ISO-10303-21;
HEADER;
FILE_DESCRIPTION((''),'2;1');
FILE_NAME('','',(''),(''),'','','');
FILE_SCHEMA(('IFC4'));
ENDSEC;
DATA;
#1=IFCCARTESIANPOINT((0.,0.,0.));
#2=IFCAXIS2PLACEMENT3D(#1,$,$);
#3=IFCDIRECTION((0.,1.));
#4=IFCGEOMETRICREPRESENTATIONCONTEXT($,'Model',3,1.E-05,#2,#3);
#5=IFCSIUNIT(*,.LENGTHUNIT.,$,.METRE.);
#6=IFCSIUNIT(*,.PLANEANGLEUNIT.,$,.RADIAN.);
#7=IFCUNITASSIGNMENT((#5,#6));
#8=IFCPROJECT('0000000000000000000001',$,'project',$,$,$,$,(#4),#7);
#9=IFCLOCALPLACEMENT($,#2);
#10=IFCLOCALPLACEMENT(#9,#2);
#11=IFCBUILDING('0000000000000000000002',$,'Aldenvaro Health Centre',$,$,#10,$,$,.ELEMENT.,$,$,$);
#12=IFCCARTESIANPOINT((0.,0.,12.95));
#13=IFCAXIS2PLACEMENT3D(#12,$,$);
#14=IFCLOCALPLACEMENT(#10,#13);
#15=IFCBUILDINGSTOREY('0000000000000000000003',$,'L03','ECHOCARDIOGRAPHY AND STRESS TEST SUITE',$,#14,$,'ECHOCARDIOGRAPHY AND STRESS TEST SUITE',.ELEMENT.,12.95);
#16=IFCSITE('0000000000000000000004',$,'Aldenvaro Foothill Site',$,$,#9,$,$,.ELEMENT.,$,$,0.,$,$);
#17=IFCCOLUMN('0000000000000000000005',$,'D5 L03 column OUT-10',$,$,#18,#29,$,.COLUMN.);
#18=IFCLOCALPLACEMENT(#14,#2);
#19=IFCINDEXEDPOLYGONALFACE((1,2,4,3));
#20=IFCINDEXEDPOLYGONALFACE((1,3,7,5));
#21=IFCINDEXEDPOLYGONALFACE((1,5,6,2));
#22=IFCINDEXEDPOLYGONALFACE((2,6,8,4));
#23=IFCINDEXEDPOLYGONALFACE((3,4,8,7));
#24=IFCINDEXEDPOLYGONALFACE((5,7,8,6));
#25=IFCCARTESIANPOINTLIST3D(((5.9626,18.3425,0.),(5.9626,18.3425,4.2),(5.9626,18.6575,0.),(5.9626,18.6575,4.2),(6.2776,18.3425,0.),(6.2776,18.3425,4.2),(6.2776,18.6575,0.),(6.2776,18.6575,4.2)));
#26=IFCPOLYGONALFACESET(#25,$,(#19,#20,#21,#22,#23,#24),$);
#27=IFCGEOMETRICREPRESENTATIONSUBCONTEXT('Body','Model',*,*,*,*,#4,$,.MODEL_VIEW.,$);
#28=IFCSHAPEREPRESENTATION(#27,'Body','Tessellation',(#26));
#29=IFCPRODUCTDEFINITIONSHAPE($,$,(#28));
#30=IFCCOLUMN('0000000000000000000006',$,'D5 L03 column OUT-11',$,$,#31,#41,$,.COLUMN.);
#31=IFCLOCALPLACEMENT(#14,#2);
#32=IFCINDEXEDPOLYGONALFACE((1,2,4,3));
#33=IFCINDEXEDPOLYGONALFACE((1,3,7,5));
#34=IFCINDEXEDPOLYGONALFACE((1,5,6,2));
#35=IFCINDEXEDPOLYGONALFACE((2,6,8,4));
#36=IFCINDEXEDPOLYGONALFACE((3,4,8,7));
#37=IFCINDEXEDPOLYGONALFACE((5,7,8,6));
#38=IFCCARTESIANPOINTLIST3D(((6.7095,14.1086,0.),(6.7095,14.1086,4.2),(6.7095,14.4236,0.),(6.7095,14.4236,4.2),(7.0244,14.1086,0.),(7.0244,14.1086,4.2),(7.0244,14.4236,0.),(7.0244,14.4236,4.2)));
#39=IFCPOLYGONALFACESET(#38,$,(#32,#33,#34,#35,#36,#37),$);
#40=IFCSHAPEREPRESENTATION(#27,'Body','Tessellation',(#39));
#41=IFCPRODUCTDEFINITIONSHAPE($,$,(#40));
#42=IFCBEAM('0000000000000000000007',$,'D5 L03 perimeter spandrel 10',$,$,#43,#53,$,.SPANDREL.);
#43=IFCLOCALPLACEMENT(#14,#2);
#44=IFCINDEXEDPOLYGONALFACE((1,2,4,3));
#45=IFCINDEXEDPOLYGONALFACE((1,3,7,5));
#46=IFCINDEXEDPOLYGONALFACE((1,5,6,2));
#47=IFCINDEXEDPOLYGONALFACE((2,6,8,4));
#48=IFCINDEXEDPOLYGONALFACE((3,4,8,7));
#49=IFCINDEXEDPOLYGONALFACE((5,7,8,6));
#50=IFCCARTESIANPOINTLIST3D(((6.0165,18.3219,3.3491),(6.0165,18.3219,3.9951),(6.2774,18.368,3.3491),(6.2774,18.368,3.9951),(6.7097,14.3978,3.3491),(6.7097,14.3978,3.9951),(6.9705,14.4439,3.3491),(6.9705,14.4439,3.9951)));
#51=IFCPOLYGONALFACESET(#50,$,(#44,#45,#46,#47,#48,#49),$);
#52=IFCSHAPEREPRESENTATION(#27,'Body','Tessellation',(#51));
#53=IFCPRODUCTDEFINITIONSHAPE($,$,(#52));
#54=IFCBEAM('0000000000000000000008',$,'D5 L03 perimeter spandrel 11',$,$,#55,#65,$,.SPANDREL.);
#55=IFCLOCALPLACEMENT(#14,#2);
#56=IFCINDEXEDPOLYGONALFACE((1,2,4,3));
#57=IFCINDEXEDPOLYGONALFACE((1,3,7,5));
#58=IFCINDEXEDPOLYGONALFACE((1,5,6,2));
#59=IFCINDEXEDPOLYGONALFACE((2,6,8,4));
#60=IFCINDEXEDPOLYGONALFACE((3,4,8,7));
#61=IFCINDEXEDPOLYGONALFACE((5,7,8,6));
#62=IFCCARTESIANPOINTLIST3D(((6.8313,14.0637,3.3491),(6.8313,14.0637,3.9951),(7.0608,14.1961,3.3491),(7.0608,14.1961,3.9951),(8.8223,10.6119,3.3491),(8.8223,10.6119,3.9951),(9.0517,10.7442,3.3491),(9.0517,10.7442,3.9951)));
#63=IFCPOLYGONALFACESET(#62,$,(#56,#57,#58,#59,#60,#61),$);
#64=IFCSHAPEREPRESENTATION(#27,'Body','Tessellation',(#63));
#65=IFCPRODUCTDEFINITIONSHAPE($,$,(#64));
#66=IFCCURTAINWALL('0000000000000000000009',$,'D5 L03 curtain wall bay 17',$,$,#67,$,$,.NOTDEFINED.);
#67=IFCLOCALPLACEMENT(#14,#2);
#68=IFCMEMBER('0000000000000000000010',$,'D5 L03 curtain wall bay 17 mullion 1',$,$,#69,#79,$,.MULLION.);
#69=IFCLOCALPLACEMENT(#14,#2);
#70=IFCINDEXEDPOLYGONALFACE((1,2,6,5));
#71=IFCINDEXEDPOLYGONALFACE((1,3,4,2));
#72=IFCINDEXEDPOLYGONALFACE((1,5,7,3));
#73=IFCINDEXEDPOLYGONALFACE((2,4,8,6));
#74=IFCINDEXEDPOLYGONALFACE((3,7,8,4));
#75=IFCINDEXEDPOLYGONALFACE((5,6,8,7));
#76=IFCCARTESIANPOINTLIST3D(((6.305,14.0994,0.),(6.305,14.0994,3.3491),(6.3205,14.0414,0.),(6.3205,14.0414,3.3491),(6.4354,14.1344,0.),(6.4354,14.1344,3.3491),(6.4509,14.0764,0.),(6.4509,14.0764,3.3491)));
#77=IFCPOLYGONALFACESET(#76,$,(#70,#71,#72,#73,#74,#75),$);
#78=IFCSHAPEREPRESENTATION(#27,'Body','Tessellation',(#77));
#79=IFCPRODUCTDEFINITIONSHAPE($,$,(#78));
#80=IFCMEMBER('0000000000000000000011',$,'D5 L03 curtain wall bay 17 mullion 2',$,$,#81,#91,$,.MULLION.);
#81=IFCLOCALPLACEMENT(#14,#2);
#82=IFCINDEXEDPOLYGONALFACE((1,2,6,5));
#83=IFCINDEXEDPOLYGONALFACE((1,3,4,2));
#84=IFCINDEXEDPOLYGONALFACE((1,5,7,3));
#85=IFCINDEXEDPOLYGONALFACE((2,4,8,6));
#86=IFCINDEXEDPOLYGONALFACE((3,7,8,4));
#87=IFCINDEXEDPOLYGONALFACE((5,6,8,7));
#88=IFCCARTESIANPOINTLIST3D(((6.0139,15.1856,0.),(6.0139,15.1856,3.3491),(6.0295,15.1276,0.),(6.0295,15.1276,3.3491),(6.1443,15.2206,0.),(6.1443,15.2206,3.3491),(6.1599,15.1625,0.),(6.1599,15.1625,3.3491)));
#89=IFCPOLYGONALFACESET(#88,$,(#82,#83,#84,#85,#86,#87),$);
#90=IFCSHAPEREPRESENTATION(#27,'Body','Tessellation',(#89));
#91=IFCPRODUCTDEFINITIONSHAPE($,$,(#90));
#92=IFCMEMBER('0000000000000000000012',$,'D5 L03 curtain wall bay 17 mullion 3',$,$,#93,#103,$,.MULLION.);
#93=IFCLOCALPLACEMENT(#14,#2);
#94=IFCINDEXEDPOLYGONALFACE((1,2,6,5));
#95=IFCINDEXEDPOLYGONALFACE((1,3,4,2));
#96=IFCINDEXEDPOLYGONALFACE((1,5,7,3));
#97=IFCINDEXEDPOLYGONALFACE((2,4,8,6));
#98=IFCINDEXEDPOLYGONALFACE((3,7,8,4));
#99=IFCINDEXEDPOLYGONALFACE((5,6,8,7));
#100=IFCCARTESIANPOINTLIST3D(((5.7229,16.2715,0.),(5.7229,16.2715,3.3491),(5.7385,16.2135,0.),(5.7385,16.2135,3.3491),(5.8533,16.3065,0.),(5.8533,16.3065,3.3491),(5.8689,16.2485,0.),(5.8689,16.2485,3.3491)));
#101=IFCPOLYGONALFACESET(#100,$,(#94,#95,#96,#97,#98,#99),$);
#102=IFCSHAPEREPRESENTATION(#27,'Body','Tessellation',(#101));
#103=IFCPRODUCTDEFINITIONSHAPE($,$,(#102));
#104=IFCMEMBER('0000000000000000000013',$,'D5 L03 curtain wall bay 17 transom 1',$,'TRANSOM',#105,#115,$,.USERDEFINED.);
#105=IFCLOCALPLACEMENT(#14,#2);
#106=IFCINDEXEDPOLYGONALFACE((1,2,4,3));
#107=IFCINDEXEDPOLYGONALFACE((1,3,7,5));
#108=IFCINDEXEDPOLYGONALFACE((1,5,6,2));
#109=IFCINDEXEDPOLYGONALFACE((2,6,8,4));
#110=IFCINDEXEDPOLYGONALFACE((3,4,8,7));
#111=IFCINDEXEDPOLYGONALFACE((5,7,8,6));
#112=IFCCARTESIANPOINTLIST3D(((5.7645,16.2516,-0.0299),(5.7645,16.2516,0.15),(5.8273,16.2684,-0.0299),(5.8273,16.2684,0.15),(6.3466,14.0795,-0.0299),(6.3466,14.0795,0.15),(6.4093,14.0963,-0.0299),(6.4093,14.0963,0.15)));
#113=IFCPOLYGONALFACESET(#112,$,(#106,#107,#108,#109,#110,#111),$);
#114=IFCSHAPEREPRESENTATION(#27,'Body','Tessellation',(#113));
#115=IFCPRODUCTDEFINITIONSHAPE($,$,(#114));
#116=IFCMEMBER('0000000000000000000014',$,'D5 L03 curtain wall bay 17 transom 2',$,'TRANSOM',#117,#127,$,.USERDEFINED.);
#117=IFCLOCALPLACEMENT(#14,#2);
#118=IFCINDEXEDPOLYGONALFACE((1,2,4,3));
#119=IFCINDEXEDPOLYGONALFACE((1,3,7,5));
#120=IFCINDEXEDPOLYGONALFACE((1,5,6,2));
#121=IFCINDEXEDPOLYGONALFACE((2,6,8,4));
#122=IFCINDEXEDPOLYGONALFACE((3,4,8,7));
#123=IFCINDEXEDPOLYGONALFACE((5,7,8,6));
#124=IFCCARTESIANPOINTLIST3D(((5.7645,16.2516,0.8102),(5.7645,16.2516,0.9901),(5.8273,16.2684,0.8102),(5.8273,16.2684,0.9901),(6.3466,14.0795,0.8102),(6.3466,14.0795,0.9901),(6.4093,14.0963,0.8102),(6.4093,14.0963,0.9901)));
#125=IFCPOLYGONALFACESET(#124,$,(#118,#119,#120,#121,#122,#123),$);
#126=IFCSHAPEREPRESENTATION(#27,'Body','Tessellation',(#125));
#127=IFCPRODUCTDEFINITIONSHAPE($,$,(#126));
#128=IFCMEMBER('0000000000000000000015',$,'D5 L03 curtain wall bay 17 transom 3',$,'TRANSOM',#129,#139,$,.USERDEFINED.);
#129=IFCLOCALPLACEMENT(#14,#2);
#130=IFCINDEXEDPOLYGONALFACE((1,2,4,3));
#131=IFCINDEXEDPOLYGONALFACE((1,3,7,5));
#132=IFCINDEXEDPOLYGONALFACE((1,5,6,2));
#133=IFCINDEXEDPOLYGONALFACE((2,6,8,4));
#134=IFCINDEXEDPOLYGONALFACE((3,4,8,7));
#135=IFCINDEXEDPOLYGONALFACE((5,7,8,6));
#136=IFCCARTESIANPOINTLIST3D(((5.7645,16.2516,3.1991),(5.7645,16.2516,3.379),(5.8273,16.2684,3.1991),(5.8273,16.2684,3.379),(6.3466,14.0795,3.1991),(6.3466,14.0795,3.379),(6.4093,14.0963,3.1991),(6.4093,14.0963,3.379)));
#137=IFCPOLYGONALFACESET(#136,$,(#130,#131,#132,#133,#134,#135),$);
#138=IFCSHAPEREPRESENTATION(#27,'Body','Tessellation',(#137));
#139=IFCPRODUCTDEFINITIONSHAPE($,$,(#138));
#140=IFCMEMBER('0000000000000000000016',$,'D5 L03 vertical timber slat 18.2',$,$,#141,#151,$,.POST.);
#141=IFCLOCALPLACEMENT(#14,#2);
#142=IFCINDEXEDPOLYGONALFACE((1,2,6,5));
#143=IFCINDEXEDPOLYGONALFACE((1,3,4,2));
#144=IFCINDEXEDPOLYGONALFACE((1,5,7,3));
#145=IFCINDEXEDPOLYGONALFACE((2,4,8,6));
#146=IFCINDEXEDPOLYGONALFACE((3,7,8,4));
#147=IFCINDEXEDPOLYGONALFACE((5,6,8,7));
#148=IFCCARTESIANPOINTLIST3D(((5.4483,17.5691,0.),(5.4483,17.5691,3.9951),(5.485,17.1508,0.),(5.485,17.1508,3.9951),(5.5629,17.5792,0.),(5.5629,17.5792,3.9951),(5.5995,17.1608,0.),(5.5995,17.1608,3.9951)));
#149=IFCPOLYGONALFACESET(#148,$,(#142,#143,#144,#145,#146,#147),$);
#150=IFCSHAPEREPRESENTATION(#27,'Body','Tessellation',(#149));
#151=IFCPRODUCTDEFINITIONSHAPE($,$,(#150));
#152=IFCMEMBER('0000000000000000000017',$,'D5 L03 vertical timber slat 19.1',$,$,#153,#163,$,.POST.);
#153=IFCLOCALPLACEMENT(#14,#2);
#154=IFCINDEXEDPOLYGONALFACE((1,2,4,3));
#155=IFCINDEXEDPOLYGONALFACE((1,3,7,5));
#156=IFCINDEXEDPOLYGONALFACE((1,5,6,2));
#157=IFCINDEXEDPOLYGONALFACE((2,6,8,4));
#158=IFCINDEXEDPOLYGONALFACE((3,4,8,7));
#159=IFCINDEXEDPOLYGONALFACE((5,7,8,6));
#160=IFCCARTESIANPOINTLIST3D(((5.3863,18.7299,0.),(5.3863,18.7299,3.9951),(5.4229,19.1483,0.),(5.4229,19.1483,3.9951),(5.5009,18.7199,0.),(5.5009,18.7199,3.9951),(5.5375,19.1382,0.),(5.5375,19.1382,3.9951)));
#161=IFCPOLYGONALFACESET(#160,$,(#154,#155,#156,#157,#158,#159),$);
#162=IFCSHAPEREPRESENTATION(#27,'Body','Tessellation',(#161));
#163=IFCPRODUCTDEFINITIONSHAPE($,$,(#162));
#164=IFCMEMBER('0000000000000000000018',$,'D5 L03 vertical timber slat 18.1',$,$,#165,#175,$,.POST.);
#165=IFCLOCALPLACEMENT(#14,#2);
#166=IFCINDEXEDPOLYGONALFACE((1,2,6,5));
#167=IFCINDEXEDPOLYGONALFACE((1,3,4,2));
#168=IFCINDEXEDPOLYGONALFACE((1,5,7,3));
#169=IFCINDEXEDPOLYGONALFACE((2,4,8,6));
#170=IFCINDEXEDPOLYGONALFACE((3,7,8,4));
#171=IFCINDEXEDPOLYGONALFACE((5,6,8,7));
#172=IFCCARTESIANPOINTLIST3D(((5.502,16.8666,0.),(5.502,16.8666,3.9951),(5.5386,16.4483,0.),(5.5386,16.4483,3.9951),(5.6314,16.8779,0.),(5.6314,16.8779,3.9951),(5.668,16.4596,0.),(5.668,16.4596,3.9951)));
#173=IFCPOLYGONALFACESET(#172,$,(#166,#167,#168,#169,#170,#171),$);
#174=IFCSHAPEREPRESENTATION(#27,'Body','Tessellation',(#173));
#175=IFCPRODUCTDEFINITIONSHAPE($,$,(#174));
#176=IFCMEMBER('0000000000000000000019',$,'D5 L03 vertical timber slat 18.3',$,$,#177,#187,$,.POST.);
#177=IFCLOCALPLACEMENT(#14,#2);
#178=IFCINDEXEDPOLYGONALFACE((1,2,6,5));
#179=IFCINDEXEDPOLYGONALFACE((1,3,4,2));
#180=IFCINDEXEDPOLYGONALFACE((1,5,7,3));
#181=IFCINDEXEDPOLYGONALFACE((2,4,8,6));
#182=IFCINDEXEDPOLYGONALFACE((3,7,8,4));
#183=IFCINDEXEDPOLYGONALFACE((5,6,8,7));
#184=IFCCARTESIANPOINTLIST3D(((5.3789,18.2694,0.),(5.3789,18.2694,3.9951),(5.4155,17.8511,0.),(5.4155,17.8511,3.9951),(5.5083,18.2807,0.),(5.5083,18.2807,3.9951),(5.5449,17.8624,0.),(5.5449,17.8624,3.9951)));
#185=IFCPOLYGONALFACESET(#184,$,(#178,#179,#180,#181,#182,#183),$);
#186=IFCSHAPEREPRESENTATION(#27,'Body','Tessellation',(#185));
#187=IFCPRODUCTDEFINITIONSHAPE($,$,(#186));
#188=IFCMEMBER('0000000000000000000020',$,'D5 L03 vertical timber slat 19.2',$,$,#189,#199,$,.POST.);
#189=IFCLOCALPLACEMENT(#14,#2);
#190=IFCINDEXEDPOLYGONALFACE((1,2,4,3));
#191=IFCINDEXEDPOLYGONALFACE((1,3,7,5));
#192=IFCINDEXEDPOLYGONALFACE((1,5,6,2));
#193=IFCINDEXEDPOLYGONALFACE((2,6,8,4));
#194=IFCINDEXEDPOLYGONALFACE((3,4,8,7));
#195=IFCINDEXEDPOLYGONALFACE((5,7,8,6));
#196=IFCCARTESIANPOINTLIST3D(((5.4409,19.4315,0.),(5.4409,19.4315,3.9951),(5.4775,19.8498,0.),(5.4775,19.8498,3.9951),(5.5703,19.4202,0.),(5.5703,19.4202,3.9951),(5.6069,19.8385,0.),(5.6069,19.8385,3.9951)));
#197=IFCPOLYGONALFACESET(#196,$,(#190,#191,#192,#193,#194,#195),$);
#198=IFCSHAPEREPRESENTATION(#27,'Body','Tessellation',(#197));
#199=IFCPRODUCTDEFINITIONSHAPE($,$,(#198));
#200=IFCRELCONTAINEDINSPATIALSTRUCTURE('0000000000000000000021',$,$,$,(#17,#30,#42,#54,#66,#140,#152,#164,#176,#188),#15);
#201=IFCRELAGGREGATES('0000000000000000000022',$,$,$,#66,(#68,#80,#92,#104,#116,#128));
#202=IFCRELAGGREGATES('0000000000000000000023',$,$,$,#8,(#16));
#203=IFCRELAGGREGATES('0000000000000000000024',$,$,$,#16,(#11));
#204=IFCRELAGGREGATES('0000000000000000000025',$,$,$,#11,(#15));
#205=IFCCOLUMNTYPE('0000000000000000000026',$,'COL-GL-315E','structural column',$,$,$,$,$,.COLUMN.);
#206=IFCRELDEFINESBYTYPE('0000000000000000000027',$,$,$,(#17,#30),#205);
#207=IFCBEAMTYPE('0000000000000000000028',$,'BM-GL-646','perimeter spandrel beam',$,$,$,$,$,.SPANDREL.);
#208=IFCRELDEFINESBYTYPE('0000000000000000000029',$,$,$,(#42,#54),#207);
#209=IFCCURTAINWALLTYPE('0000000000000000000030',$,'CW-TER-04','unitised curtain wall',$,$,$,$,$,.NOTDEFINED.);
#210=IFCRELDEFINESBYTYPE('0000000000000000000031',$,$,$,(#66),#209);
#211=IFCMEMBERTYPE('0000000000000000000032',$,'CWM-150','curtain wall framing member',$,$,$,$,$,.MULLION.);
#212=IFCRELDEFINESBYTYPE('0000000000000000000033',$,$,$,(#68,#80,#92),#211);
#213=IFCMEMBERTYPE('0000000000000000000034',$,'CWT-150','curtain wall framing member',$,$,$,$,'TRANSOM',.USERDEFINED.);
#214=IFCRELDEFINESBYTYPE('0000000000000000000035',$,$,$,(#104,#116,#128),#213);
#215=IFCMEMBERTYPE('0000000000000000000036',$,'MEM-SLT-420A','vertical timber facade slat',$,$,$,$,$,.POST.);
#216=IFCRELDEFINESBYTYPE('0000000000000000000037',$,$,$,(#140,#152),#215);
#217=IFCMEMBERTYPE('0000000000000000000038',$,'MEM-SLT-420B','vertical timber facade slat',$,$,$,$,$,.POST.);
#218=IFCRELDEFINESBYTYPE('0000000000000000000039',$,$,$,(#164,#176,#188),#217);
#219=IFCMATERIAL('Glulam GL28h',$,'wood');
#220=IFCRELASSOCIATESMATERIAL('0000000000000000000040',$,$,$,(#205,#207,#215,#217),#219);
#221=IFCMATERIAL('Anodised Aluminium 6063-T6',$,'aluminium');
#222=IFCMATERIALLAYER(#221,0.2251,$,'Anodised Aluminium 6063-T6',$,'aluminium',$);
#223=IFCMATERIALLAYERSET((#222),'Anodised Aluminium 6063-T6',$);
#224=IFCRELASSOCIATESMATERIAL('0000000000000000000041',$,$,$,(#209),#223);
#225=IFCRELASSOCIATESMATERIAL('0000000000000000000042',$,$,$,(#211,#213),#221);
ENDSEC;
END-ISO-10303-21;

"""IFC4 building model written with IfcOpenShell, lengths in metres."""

from ifc_helpers import new_model, si_unit, direction, frame, origin, origin_2d, place, context, subcontext, project, spatial, rectangle, extrude, material, layer, layer_set, material_profile, profile_set, type_object, element, aggregate, save


model = new_model("IFC4")

# Units and contexts
model_context = context("Model", 3, precision=1e-05, world=origin(), true_north=direction((0.0, 1.0)))
body_context = subcontext(model_context, "Body", "Model", "MODEL_VIEW")
ifc_project = project(units=[si_unit("LENGTHUNIT", "METRE"), si_unit("PLANEANGLEUNIT", "RADIAN")], contexts=[model_context])

# Site, building, storey
site_placement = place(None, origin())
site = spatial("IfcSite", under=ifc_project, at=site_placement, Name="Aldenvaro Foothill Site", CompositionType="ELEMENT", RefElevation=0.0)
building_placement = place(site_placement, origin())
building = spatial("IfcBuilding", under=site, at=building_placement, Name="Aldenvaro Health Centre", CompositionType="ELEMENT")
storey_placement = place(building_placement, frame((0.0, 0.0, 12.95)))
storey = spatial("IfcBuildingStorey", under=building, at=storey_placement, Name="L03", Description="ECHOCARDIOGRAPHY AND STRESS TEST SUITE", LongName="ECHOCARDIOGRAPHY AND STRESS TEST SUITE", CompositionType="ELEMENT", Elevation=12.95)

# Columns
ifc_material_1 = material(Name="Glulam GL28h", Category="wood")
ifc_material_profile_1 = material_profile(ifc_material_1, rectangle(XDim=0.3149, YDim=0.3149, at=origin_2d()), Name="GL 315x315", Category="wood")
ifc_profile_set_1 = profile_set([ifc_material_profile_1], Name="Glulam GL28h")
column_type = type_object("IfcColumnType", Name="COL-GL-315E", Description="structural column", PredefinedType="COLUMN", material=ifc_profile_set_1)
for number, where, z_axis, x_axis, name in (
    (1, (6.1201, 18.5, 0.0), (0.0, 0.0, 1.0), (1.0, 0.0, 0.0), "D5 L03 column OUT-10"),
    (2, (6.8669, 14.2661, 0.0), (0.0, 0.0, 1.0), (1.0, 0.0, 0.0), "D5 L03 column OUT-11"),
):
    element("IfcColumn", number, at=place(storey_placement, frame(where, z_axis=z_axis, x_axis=x_axis)), inside=storey, type_object=column_type, Name=name, PredefinedType="COLUMN", context=body_context, shape_type="SweptSolid", body=[
        extrude(rectangle(XDim=0.3149, YDim=0.3149, at=origin_2d()), origin(), (0.0, 0.0, 1.0), 4.2),
    ])

# Beams
ifc_material_profile_2 = material_profile(ifc_material_1, rectangle(XDim=0.2649, YDim=0.646, at=origin_2d()), Name="GL 265x646", Category="wood")
ifc_profile_set_2 = profile_set([ifc_material_profile_2], Name="Glulam GL28h")
beam_type = type_object("IfcBeamType", Name="BM-GL-646", Description="perimeter spandrel beam", PredefinedType="SPANDREL", material=ifc_profile_set_2)
for number, where, z_axis, x_axis, name in (
    (3, (6.147, 18.345, 3.6721), (0.173939, -0.984756, 0.0), (0.984756, 0.173939, 0.0), "D5 L03 perimeter spandrel 10"),
    (4, (6.946, 14.1299, 3.6721), (0.499625, -0.866242, 0.0), (0.866242, 0.499625, 0.0), "D5 L03 perimeter spandrel 11"),
):
    element("IfcBeam", number, at=place(storey_placement, frame(where, z_axis=z_axis, x_axis=x_axis)), inside=storey, type_object=beam_type, Name=name, PredefinedType="SPANDREL", context=body_context, shape_type="SweptSolid", body=[
        extrude(rectangle(XDim=0.2649, YDim=0.646, at=origin_2d()), origin(), (0.0, 0.0, 1.0), 3.9849),
    ])

# Curtain wall, members
ifc_material_2 = material(Name="Anodised Aluminium 6063-T6", Category="aluminium")
ifc_layer_1 = layer(ifc_material_2, 0.2251, Name="Anodised Aluminium 6063-T6", Category="aluminium")
ifc_layer_set_1 = layer_set([ifc_layer_1], Name="Anodised Aluminium 6063-T6")
curtain_wall_type = type_object("IfcCurtainWallType", Name="CW-TER-04", Description="unitised curtain wall", PredefinedType="NOTDEFINED", material=ifc_layer_set_1)
curtain_wall_placement = place(storey_placement, origin())
curtain_wall = element("IfcCurtainWall", 5, at=curtain_wall_placement, inside=storey, type_object=curtain_wall_type, Name="D5 L03 curtain wall bay 17", PredefinedType="NOTDEFINED")
ifc_material_profile_3 = material_profile(ifc_material_2, rectangle(XDim=0.0601, YDim=0.135, at=origin_2d()), Name="ALU 60x135", Category="aluminium")
ifc_profile_set_3 = profile_set([ifc_material_profile_3], Name="Anodised Aluminium 6063-T6")
member_type_1 = type_object("IfcMemberType", Name="CWM-150", Description="curtain wall framing member", PredefinedType="MULLION", material=ifc_profile_set_3)
member_1_placement = place(storey_placement, frame((6.3779, 14.0879, 0.0), z_axis=(0.0, 0.0, 1.0), x_axis=(-0.258825, 0.965924, 0.0)))
member_1 = element("IfcMember", 6, at=member_1_placement, type_object=member_type_1, Name="D5 L03 curtain wall bay 17 mullion 1", PredefinedType="MULLION", context=body_context, shape_type="SweptSolid", body=[
    extrude(rectangle(XDim=0.0601, YDim=0.135, at=origin_2d()), origin(), (0.0, 0.0, 1.0), 3.3491),
])
member_2_placement = place(storey_placement, frame((6.0869, 15.1741, 0.0), z_axis=(0.0, 0.0, 1.0), x_axis=(-0.258825, 0.965924, 0.0)))
member_2 = element("IfcMember", 7, at=member_2_placement, type_object=member_type_1, Name="D5 L03 curtain wall bay 17 mullion 2", PredefinedType="MULLION", context=body_context, shape_type="SweptSolid", body=[
    extrude(rectangle(XDim=0.0601, YDim=0.135, at=origin_2d()), origin(), (0.0, 0.0, 1.0), 3.3491),
])
member_3_placement = place(storey_placement, frame((5.7959, 16.26, 0.0), z_axis=(0.0, 0.0, 1.0), x_axis=(-0.258825, 0.965924, 0.0)))
member_3 = element("IfcMember", 8, at=member_3_placement, type_object=member_type_1, Name="D5 L03 curtain wall bay 17 mullion 3", PredefinedType="MULLION", context=body_context, shape_type="SweptSolid", body=[
    extrude(rectangle(XDim=0.0601, YDim=0.135, at=origin_2d()), origin(), (0.0, 0.0, 1.0), 3.3491),
])
ifc_material_profile_4 = material_profile(ifc_material_2, rectangle(XDim=0.0649, YDim=0.1799, at=origin_2d()), Name="ALU 65x180", Category="aluminium")
ifc_profile_set_4 = profile_set([ifc_material_profile_4], Name="Anodised Aluminium 6063-T6")
member_type_2 = type_object("IfcMemberType", Name="CWT-150", Description="curtain wall framing member", ElementType="TRANSOM", PredefinedType="USERDEFINED", material=ifc_profile_set_4)
member_4_placement = place(storey_placement, frame((6.3779, 14.0879, 0.0601), z_axis=(-0.258825, 0.965924, 0.0), x_axis=(-0.965924, -0.258825, 0.0)))
member_4 = element("IfcMember", 9, at=member_4_placement, type_object=member_type_2, Name="D5 L03 curtain wall bay 17 transom 1", ObjectType="TRANSOM", PredefinedType="USERDEFINED", context=body_context, shape_type="SweptSolid", body=[
    extrude(rectangle(XDim=0.0649, YDim=0.1799, at=origin_2d()), origin(), (0.0, 0.0, 1.0), 2.2488),
])
member_5_placement = place(storey_placement, frame((6.3779, 14.0879, 0.9001), z_axis=(-0.258825, 0.965924, 0.0), x_axis=(-0.965924, -0.258825, 0.0)))
member_5 = element("IfcMember", 10, at=member_5_placement, type_object=member_type_2, Name="D5 L03 curtain wall bay 17 transom 2", ObjectType="TRANSOM", PredefinedType="USERDEFINED", context=body_context, shape_type="SweptSolid", body=[
    extrude(rectangle(XDim=0.0649, YDim=0.1799, at=origin_2d()), origin(), (0.0, 0.0, 1.0), 2.2488),
])
member_6_placement = place(storey_placement, frame((6.3779, 14.0879, 3.2891), z_axis=(-0.258825, 0.965924, 0.0), x_axis=(-0.965924, -0.258825, 0.0)))
member_6 = element("IfcMember", 11, at=member_6_placement, type_object=member_type_2, Name="D5 L03 curtain wall bay 17 transom 3", ObjectType="TRANSOM", PredefinedType="USERDEFINED", context=body_context, shape_type="SweptSolid", body=[
    extrude(rectangle(XDim=0.0649, YDim=0.1799, at=origin_2d()), origin(), (0.0, 0.0, 1.0), 2.2488),
])

# Members
ifc_material_profile_5 = material_profile(ifc_material_1, rectangle(XDim=0.115, YDim=0.4199, at=origin_2d()), Name="GL 115x420", Category="wood")
ifc_profile_set_5 = profile_set([ifc_material_profile_5], Name="Glulam GL28h")
member_type_3 = type_object("IfcMemberType", Name="MEM-SLT-420A", Description="vertical timber facade slat", PredefinedType="POST", material=ifc_profile_set_5)
for number, where, z_axis, x_axis, name in (
    (12, (5.5239, 17.365, 0.0), (0.0, 0.0, 1.0), (-0.996194, -0.087167, 0.0), "D5 L03 vertical timber slat 18.2"),
    (13, (5.4619, 18.9341, 0.0), (0.0, 0.0, 1.0), (-0.996194, 0.087167, 0.0), "D5 L03 vertical timber slat 19.1"),
):
    element("IfcMember", number, at=place(storey_placement, frame(where, z_axis=z_axis, x_axis=x_axis)), inside=storey, type_object=member_type_3, Name=name, PredefinedType="POST", context=body_context, shape_type="SweptSolid", body=[
        extrude(rectangle(XDim=0.115, YDim=0.4199, at=origin_2d()), origin(), (0.0, 0.0, 1.0), 3.9951),
    ])
ifc_material_profile_6 = material_profile(ifc_material_1, rectangle(XDim=0.1299, YDim=0.4199, at=origin_2d()), Name="GL 130x420", Category="wood")
ifc_profile_set_6 = profile_set([ifc_material_profile_6], Name="Glulam GL28h")
member_type_4 = type_object("IfcMemberType", Name="MEM-SLT-420B", Description="vertical timber facade slat", PredefinedType="POST", material=ifc_profile_set_6)
for number, where, z_axis, x_axis, name in (
    (14, (5.585, 16.6631, 0.0), (0.0, 0.0, 1.0), (-0.996194, -0.087167, 0.0), "D5 L03 vertical timber slat 18.1"),
    (15, (5.4619, 18.0659, 0.0), (0.0, 0.0, 1.0), (-0.996194, -0.087167, 0.0), "D5 L03 vertical timber slat 18.3"),
    (16, (5.5239, 19.635, 0.0), (0.0, 0.0, 1.0), (-0.996194, 0.087167, 0.0), "D5 L03 vertical timber slat 19.2"),
):
    element("IfcMember", number, at=place(storey_placement, frame(where, z_axis=z_axis, x_axis=x_axis)), inside=storey, type_object=member_type_4, Name=name, PredefinedType="POST", context=body_context, shape_type="SweptSolid", body=[
        extrude(rectangle(XDim=0.1299, YDim=0.4199, at=origin_2d()), origin(), (0.0, 0.0, 1.0), 3.9951),
    ])

aggregate(curtain_wall, [member_1, member_2, member_3, member_4, member_5, member_6])

save(model, "model.ifc")
